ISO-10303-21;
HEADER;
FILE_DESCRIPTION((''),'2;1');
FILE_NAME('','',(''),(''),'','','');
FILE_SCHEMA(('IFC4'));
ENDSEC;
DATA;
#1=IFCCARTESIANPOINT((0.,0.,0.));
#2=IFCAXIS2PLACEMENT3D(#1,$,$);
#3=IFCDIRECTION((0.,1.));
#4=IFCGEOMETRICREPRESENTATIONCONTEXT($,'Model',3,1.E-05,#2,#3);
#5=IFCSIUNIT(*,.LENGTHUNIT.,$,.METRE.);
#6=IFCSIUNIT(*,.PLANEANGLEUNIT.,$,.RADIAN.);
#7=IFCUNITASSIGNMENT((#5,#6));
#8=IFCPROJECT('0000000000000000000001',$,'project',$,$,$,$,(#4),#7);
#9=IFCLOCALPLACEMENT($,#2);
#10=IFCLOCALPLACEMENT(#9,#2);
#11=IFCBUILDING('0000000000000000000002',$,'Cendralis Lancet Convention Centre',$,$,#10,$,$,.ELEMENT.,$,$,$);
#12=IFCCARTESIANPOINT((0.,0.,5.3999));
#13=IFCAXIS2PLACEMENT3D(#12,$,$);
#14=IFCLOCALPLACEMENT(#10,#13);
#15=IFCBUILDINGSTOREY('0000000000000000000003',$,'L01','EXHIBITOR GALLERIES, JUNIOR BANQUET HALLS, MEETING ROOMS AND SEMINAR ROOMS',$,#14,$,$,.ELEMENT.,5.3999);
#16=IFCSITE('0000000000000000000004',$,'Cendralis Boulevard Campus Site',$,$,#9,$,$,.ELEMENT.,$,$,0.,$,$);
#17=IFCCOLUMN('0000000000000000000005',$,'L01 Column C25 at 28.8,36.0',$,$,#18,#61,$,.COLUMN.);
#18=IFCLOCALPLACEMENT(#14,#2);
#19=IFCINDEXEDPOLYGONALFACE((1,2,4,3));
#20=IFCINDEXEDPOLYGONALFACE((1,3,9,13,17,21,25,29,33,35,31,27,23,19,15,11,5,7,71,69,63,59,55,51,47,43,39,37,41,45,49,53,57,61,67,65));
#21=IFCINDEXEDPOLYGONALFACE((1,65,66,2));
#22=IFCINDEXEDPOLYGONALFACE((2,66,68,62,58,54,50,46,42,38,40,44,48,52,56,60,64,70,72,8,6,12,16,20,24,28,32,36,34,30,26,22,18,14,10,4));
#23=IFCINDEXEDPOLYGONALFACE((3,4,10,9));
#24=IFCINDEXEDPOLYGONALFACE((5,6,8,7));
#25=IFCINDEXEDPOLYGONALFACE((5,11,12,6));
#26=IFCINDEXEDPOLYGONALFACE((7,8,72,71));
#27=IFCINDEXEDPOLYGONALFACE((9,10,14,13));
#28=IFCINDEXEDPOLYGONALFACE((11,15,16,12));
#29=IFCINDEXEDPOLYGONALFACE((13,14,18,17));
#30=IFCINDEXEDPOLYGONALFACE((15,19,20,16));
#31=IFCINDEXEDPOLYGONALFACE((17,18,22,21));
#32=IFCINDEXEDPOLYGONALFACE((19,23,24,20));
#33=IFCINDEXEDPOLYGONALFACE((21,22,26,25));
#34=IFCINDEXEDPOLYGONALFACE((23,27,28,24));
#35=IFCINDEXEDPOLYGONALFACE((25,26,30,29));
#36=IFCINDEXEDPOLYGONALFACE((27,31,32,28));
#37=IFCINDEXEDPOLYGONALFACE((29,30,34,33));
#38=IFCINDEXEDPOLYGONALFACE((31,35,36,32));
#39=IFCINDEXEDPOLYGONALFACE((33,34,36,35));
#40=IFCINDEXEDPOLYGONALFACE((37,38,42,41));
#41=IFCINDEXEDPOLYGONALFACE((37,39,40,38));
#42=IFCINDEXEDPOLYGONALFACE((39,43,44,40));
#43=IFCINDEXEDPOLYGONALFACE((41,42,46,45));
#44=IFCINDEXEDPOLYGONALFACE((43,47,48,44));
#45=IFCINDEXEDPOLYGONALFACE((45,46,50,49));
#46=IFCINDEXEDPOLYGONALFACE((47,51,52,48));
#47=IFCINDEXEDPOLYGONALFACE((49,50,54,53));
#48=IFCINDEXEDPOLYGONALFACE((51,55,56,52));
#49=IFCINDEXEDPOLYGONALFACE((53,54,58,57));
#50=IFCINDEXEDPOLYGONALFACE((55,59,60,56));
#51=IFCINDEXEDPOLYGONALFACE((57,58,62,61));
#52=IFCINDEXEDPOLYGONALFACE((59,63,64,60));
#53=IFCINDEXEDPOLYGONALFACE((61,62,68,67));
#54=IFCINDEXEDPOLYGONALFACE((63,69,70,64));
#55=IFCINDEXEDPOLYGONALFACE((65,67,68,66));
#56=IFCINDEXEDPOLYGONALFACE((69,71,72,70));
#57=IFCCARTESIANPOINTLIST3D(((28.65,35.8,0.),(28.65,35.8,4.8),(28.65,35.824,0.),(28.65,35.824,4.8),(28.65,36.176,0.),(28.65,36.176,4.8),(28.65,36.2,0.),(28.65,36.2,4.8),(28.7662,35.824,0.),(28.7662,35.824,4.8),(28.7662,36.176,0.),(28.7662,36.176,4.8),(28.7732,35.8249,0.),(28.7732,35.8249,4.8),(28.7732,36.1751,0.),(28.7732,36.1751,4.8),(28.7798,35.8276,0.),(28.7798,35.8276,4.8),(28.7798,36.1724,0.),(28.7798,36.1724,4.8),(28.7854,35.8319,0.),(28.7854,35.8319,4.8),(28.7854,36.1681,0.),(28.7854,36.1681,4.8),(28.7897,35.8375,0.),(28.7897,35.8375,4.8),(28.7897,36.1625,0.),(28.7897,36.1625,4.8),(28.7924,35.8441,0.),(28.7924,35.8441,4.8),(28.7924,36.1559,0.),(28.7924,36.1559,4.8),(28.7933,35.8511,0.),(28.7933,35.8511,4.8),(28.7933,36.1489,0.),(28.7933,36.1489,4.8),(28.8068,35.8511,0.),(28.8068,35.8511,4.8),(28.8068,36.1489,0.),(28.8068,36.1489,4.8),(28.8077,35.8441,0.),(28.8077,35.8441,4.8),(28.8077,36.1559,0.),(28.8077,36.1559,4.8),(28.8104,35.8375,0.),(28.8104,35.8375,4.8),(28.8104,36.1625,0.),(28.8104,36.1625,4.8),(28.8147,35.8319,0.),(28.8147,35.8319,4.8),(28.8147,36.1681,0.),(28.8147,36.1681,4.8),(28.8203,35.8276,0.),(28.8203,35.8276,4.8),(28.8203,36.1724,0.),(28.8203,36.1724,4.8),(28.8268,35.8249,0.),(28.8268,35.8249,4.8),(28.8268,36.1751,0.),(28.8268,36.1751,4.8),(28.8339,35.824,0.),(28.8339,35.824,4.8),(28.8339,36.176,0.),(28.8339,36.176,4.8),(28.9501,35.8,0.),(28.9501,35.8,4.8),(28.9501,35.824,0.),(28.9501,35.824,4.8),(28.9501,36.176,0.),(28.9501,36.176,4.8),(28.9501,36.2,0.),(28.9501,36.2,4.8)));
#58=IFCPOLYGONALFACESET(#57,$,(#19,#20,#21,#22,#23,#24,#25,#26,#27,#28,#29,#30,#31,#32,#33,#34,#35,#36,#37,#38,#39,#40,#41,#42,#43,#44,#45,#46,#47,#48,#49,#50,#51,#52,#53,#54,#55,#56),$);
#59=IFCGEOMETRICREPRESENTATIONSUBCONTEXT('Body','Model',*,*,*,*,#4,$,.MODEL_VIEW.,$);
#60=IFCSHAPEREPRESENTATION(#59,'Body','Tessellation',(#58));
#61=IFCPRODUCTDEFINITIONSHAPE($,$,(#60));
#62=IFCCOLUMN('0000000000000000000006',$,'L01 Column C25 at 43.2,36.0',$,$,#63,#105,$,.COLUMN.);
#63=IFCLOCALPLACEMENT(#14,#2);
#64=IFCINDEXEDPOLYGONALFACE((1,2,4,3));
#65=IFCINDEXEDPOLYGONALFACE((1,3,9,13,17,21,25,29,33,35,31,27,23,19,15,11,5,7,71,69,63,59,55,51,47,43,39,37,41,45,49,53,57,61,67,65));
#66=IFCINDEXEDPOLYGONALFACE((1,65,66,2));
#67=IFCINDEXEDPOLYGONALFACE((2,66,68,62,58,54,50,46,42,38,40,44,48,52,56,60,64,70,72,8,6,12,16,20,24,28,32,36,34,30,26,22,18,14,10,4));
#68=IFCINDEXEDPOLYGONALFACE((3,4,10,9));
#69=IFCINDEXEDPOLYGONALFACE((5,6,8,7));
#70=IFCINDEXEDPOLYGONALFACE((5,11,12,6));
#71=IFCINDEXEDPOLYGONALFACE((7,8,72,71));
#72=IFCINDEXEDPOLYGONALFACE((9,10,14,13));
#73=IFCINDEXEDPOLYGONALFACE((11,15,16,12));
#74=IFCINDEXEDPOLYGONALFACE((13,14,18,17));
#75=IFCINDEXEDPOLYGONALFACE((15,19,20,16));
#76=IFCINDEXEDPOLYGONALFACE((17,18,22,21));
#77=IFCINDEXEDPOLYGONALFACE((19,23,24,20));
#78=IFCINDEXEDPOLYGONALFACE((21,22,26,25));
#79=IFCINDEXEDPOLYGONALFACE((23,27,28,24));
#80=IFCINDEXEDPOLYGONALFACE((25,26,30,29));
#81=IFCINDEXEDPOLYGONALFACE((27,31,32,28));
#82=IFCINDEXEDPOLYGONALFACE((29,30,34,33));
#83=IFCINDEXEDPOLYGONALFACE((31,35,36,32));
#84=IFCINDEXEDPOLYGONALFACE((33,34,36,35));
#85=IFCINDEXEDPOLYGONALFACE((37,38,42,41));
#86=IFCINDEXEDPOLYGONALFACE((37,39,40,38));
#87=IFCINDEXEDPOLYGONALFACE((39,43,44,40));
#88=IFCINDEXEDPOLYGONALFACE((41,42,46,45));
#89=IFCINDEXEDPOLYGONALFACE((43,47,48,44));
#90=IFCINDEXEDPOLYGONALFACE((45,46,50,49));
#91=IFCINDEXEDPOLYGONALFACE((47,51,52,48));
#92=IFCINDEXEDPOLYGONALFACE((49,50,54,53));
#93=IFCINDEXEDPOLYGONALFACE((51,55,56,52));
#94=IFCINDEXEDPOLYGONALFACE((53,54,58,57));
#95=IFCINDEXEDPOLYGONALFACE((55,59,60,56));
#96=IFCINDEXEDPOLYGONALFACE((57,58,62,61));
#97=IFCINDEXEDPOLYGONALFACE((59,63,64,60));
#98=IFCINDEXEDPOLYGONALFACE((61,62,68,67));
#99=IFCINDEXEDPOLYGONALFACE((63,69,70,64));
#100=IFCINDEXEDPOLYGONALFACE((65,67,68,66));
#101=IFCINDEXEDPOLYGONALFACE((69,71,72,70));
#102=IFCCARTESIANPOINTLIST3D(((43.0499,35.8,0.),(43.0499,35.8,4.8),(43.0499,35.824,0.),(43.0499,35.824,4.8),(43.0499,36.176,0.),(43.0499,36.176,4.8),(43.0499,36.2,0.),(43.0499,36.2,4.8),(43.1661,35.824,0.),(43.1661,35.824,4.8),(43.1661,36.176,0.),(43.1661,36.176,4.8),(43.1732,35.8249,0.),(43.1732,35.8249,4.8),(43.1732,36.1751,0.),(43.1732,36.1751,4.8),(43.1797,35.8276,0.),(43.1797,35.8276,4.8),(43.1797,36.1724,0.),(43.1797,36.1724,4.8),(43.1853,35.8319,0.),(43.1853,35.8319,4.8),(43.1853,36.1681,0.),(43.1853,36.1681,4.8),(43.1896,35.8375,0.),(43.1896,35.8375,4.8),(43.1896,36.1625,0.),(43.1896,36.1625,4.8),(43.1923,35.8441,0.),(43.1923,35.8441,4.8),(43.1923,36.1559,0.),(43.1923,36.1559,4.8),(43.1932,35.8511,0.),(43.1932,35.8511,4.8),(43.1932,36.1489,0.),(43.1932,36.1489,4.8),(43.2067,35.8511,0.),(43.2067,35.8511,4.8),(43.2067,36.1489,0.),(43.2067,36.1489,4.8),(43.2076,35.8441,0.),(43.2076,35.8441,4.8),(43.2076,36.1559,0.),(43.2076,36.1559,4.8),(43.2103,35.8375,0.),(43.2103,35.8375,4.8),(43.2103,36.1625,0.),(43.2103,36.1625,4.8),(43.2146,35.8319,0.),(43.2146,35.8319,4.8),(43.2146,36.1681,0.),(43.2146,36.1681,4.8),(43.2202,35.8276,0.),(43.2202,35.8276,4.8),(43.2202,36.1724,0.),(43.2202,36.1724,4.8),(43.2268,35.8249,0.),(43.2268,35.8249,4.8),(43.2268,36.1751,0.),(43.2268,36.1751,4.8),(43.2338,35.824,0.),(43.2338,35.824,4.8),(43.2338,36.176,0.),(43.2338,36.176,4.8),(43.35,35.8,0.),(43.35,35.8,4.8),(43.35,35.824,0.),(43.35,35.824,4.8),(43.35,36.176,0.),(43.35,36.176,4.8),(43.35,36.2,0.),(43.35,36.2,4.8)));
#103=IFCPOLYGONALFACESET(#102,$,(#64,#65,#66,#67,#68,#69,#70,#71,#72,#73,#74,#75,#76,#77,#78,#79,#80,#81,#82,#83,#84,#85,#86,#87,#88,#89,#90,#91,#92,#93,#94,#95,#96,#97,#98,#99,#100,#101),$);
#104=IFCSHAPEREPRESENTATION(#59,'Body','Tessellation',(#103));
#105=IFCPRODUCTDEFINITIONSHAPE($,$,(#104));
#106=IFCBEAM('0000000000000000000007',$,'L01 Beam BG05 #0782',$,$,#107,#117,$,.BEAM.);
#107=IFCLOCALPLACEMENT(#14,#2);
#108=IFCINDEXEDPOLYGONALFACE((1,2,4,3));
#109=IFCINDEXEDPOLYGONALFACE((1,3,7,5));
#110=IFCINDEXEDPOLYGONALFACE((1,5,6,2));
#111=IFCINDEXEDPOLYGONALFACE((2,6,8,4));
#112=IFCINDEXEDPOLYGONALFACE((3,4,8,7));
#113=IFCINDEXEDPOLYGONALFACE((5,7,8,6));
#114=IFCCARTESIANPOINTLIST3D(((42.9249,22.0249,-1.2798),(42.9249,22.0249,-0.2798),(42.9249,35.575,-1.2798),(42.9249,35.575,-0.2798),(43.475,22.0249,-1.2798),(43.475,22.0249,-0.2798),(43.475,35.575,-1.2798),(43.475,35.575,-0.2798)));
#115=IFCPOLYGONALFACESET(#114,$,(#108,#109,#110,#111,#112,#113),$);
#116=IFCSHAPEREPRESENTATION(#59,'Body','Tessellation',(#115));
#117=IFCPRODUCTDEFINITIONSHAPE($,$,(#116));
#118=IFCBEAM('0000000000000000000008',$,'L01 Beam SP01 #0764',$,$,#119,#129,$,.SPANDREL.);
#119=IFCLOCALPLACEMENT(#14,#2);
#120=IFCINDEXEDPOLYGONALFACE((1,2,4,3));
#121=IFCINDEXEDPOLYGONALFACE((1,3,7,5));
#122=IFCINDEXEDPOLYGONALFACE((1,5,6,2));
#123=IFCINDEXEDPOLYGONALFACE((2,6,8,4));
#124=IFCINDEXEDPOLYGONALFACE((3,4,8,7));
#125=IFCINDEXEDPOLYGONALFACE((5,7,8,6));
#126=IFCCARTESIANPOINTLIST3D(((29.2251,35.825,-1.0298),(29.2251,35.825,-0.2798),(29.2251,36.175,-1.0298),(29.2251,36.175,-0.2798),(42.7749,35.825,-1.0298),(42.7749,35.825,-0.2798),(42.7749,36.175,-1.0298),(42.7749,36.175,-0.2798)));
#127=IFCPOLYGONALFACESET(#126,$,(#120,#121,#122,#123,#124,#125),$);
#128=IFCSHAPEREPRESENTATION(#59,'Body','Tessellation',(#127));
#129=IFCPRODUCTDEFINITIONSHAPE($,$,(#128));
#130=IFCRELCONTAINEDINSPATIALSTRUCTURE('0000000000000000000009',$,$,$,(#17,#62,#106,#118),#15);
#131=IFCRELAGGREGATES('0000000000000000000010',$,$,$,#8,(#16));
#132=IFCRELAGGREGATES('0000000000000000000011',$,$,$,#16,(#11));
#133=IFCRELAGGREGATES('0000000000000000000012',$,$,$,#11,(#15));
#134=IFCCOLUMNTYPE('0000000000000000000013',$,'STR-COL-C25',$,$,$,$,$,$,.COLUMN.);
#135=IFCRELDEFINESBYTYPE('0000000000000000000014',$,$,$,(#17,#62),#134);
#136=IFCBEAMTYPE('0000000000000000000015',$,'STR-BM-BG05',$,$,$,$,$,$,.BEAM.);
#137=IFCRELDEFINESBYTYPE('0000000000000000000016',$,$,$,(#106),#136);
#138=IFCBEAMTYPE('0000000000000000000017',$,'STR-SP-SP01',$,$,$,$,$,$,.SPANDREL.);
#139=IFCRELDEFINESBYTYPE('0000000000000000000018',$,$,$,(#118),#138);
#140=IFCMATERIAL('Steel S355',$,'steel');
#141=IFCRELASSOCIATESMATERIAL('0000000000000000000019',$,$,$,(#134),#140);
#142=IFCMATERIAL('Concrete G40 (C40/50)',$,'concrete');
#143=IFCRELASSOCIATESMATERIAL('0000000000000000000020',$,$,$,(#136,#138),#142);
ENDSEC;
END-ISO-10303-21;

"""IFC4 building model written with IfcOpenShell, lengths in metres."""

from ifc_helpers import new_model, si_unit, direction, frame, origin, origin_2d, place, context, subcontext, project, spatial, rectangle, i_section, extrude, material, material_profile, profile_set, type_object, element, save


model = new_model("IFC4")

# Units and contexts
model_context = context("Model", 3, precision=1e-05, world=origin(), true_north=direction((0.0, 1.0)))
body_context = subcontext(model_context, "Body", "Model", "MODEL_VIEW")
ifc_project = project(units=[si_unit("LENGTHUNIT", "METRE"), si_unit("PLANEANGLEUNIT", "RADIAN")], contexts=[model_context])

# Site, building, storey
site_placement = place(None, origin())
site = spatial("IfcSite", under=ifc_project, at=site_placement, Name="Cendralis Boulevard Campus Site", CompositionType="ELEMENT", RefElevation=0.0)
building_placement = place(site_placement, origin())
building = spatial("IfcBuilding", under=site, at=building_placement, Name="Cendralis Lancet Convention Centre", CompositionType="ELEMENT")
storey_placement = place(building_placement, frame((0.0, 0.0, 5.3999)))
storey = spatial("IfcBuildingStorey", under=building, at=storey_placement, Name="L01", Description="EXHIBITOR GALLERIES, JUNIOR BANQUET HALLS, MEETING ROOMS AND SEMINAR ROOMS", CompositionType="ELEMENT", Elevation=5.3999)

# Columns
ifc_material_1 = material(Name="Steel S355", Category="steel")
ifc_material_profile_1 = material_profile(ifc_material_1, i_section(OverallWidth=0.3, OverallDepth=0.3999, WebThickness=0.0134, FlangeThickness=0.0239, FilletRadius=0.0271, at=origin_2d()), Name="HEB 400")
ifc_profile_set_1 = profile_set([ifc_material_profile_1], Name="Steel S355")
column_type = type_object("IfcColumnType", Name="STR-COL-C25", PredefinedType="COLUMN", material=ifc_profile_set_1)
for number, where, z_axis, x_axis, name in (
    (1, (28.8, 36.0, 0.0), (0.0, 0.0, 1.0), (1.0, 0.0, 0.0), "L01 Column C25 at 28.8,36.0"),
    (2, (43.2, 36.0, 0.0), (0.0, 0.0, 1.0), (1.0, 0.0, 0.0), "L01 Column C25 at 43.2,36.0"),
):
    element("IfcColumn", number, at=place(storey_placement, frame(where, z_axis=z_axis, x_axis=x_axis)), inside=storey, type_object=column_type, Name=name, PredefinedType="COLUMN", context=body_context, shape_type="SweptSolid", body=[
        extrude(i_section(OverallWidth=0.3, OverallDepth=0.3999, WebThickness=0.0134, FlangeThickness=0.0239, FilletRadius=0.0271, at=origin_2d()), origin(), (0.0, 0.0, 1.0), 4.8),
    ])

# Beams
ifc_material_2 = material(Name="Concrete G40 (C40/50)", Category="concrete")
ifc_material_profile_2 = material_profile(ifc_material_2, rectangle(XDim=0.55, YDim=1.0, at=origin_2d()), Name="RCB 550x1000")
ifc_profile_set_2 = profile_set([ifc_material_profile_2], Name="Concrete G40 (C40/50)")
beam_type_1 = type_object("IfcBeamType", Name="STR-BM-BG05", PredefinedType="BEAM", material=ifc_profile_set_2)
beam_1_placement = place(storey_placement, frame((43.2, 22.0249, -0.7798), z_axis=(0.0, 1.0, 0.0), x_axis=(-1.0, 0.0, 0.0)))
element("IfcBeam", 3, at=beam_1_placement, inside=storey, type_object=beam_type_1, Name="L01 Beam BG05 #0782", PredefinedType="BEAM", context=body_context, shape_type="SweptSolid", body=[
    extrude(rectangle(XDim=0.55, YDim=1.0, at=origin_2d()), origin(), (0.0, 0.0, 1.0), 13.55),
])
ifc_material_profile_3 = material_profile(ifc_material_2, rectangle(XDim=0.3501, YDim=0.75, at=origin_2d()), Name="RCB 350x750")
ifc_profile_set_3 = profile_set([ifc_material_profile_3], Name="Concrete G40 (C40/50)")
beam_type_2 = type_object("IfcBeamType", Name="STR-SP-SP01", PredefinedType="SPANDREL", material=ifc_profile_set_3)
beam_2_placement = place(storey_placement, frame((29.2251, 36.0, -0.6548), z_axis=(1.0, 0.0, 0.0), x_axis=(0.0, 1.0, 0.0)))
element("IfcBeam", 4, at=beam_2_placement, inside=storey, type_object=beam_type_2, Name="L01 Beam SP01 #0764", PredefinedType="SPANDREL", context=body_context, shape_type="SweptSolid", body=[
    extrude(rectangle(XDim=0.3501, YDim=0.75, at=origin_2d()), origin(), (0.0, 0.0, 1.0), 13.5498),
])

save(model, "model.ifc")
